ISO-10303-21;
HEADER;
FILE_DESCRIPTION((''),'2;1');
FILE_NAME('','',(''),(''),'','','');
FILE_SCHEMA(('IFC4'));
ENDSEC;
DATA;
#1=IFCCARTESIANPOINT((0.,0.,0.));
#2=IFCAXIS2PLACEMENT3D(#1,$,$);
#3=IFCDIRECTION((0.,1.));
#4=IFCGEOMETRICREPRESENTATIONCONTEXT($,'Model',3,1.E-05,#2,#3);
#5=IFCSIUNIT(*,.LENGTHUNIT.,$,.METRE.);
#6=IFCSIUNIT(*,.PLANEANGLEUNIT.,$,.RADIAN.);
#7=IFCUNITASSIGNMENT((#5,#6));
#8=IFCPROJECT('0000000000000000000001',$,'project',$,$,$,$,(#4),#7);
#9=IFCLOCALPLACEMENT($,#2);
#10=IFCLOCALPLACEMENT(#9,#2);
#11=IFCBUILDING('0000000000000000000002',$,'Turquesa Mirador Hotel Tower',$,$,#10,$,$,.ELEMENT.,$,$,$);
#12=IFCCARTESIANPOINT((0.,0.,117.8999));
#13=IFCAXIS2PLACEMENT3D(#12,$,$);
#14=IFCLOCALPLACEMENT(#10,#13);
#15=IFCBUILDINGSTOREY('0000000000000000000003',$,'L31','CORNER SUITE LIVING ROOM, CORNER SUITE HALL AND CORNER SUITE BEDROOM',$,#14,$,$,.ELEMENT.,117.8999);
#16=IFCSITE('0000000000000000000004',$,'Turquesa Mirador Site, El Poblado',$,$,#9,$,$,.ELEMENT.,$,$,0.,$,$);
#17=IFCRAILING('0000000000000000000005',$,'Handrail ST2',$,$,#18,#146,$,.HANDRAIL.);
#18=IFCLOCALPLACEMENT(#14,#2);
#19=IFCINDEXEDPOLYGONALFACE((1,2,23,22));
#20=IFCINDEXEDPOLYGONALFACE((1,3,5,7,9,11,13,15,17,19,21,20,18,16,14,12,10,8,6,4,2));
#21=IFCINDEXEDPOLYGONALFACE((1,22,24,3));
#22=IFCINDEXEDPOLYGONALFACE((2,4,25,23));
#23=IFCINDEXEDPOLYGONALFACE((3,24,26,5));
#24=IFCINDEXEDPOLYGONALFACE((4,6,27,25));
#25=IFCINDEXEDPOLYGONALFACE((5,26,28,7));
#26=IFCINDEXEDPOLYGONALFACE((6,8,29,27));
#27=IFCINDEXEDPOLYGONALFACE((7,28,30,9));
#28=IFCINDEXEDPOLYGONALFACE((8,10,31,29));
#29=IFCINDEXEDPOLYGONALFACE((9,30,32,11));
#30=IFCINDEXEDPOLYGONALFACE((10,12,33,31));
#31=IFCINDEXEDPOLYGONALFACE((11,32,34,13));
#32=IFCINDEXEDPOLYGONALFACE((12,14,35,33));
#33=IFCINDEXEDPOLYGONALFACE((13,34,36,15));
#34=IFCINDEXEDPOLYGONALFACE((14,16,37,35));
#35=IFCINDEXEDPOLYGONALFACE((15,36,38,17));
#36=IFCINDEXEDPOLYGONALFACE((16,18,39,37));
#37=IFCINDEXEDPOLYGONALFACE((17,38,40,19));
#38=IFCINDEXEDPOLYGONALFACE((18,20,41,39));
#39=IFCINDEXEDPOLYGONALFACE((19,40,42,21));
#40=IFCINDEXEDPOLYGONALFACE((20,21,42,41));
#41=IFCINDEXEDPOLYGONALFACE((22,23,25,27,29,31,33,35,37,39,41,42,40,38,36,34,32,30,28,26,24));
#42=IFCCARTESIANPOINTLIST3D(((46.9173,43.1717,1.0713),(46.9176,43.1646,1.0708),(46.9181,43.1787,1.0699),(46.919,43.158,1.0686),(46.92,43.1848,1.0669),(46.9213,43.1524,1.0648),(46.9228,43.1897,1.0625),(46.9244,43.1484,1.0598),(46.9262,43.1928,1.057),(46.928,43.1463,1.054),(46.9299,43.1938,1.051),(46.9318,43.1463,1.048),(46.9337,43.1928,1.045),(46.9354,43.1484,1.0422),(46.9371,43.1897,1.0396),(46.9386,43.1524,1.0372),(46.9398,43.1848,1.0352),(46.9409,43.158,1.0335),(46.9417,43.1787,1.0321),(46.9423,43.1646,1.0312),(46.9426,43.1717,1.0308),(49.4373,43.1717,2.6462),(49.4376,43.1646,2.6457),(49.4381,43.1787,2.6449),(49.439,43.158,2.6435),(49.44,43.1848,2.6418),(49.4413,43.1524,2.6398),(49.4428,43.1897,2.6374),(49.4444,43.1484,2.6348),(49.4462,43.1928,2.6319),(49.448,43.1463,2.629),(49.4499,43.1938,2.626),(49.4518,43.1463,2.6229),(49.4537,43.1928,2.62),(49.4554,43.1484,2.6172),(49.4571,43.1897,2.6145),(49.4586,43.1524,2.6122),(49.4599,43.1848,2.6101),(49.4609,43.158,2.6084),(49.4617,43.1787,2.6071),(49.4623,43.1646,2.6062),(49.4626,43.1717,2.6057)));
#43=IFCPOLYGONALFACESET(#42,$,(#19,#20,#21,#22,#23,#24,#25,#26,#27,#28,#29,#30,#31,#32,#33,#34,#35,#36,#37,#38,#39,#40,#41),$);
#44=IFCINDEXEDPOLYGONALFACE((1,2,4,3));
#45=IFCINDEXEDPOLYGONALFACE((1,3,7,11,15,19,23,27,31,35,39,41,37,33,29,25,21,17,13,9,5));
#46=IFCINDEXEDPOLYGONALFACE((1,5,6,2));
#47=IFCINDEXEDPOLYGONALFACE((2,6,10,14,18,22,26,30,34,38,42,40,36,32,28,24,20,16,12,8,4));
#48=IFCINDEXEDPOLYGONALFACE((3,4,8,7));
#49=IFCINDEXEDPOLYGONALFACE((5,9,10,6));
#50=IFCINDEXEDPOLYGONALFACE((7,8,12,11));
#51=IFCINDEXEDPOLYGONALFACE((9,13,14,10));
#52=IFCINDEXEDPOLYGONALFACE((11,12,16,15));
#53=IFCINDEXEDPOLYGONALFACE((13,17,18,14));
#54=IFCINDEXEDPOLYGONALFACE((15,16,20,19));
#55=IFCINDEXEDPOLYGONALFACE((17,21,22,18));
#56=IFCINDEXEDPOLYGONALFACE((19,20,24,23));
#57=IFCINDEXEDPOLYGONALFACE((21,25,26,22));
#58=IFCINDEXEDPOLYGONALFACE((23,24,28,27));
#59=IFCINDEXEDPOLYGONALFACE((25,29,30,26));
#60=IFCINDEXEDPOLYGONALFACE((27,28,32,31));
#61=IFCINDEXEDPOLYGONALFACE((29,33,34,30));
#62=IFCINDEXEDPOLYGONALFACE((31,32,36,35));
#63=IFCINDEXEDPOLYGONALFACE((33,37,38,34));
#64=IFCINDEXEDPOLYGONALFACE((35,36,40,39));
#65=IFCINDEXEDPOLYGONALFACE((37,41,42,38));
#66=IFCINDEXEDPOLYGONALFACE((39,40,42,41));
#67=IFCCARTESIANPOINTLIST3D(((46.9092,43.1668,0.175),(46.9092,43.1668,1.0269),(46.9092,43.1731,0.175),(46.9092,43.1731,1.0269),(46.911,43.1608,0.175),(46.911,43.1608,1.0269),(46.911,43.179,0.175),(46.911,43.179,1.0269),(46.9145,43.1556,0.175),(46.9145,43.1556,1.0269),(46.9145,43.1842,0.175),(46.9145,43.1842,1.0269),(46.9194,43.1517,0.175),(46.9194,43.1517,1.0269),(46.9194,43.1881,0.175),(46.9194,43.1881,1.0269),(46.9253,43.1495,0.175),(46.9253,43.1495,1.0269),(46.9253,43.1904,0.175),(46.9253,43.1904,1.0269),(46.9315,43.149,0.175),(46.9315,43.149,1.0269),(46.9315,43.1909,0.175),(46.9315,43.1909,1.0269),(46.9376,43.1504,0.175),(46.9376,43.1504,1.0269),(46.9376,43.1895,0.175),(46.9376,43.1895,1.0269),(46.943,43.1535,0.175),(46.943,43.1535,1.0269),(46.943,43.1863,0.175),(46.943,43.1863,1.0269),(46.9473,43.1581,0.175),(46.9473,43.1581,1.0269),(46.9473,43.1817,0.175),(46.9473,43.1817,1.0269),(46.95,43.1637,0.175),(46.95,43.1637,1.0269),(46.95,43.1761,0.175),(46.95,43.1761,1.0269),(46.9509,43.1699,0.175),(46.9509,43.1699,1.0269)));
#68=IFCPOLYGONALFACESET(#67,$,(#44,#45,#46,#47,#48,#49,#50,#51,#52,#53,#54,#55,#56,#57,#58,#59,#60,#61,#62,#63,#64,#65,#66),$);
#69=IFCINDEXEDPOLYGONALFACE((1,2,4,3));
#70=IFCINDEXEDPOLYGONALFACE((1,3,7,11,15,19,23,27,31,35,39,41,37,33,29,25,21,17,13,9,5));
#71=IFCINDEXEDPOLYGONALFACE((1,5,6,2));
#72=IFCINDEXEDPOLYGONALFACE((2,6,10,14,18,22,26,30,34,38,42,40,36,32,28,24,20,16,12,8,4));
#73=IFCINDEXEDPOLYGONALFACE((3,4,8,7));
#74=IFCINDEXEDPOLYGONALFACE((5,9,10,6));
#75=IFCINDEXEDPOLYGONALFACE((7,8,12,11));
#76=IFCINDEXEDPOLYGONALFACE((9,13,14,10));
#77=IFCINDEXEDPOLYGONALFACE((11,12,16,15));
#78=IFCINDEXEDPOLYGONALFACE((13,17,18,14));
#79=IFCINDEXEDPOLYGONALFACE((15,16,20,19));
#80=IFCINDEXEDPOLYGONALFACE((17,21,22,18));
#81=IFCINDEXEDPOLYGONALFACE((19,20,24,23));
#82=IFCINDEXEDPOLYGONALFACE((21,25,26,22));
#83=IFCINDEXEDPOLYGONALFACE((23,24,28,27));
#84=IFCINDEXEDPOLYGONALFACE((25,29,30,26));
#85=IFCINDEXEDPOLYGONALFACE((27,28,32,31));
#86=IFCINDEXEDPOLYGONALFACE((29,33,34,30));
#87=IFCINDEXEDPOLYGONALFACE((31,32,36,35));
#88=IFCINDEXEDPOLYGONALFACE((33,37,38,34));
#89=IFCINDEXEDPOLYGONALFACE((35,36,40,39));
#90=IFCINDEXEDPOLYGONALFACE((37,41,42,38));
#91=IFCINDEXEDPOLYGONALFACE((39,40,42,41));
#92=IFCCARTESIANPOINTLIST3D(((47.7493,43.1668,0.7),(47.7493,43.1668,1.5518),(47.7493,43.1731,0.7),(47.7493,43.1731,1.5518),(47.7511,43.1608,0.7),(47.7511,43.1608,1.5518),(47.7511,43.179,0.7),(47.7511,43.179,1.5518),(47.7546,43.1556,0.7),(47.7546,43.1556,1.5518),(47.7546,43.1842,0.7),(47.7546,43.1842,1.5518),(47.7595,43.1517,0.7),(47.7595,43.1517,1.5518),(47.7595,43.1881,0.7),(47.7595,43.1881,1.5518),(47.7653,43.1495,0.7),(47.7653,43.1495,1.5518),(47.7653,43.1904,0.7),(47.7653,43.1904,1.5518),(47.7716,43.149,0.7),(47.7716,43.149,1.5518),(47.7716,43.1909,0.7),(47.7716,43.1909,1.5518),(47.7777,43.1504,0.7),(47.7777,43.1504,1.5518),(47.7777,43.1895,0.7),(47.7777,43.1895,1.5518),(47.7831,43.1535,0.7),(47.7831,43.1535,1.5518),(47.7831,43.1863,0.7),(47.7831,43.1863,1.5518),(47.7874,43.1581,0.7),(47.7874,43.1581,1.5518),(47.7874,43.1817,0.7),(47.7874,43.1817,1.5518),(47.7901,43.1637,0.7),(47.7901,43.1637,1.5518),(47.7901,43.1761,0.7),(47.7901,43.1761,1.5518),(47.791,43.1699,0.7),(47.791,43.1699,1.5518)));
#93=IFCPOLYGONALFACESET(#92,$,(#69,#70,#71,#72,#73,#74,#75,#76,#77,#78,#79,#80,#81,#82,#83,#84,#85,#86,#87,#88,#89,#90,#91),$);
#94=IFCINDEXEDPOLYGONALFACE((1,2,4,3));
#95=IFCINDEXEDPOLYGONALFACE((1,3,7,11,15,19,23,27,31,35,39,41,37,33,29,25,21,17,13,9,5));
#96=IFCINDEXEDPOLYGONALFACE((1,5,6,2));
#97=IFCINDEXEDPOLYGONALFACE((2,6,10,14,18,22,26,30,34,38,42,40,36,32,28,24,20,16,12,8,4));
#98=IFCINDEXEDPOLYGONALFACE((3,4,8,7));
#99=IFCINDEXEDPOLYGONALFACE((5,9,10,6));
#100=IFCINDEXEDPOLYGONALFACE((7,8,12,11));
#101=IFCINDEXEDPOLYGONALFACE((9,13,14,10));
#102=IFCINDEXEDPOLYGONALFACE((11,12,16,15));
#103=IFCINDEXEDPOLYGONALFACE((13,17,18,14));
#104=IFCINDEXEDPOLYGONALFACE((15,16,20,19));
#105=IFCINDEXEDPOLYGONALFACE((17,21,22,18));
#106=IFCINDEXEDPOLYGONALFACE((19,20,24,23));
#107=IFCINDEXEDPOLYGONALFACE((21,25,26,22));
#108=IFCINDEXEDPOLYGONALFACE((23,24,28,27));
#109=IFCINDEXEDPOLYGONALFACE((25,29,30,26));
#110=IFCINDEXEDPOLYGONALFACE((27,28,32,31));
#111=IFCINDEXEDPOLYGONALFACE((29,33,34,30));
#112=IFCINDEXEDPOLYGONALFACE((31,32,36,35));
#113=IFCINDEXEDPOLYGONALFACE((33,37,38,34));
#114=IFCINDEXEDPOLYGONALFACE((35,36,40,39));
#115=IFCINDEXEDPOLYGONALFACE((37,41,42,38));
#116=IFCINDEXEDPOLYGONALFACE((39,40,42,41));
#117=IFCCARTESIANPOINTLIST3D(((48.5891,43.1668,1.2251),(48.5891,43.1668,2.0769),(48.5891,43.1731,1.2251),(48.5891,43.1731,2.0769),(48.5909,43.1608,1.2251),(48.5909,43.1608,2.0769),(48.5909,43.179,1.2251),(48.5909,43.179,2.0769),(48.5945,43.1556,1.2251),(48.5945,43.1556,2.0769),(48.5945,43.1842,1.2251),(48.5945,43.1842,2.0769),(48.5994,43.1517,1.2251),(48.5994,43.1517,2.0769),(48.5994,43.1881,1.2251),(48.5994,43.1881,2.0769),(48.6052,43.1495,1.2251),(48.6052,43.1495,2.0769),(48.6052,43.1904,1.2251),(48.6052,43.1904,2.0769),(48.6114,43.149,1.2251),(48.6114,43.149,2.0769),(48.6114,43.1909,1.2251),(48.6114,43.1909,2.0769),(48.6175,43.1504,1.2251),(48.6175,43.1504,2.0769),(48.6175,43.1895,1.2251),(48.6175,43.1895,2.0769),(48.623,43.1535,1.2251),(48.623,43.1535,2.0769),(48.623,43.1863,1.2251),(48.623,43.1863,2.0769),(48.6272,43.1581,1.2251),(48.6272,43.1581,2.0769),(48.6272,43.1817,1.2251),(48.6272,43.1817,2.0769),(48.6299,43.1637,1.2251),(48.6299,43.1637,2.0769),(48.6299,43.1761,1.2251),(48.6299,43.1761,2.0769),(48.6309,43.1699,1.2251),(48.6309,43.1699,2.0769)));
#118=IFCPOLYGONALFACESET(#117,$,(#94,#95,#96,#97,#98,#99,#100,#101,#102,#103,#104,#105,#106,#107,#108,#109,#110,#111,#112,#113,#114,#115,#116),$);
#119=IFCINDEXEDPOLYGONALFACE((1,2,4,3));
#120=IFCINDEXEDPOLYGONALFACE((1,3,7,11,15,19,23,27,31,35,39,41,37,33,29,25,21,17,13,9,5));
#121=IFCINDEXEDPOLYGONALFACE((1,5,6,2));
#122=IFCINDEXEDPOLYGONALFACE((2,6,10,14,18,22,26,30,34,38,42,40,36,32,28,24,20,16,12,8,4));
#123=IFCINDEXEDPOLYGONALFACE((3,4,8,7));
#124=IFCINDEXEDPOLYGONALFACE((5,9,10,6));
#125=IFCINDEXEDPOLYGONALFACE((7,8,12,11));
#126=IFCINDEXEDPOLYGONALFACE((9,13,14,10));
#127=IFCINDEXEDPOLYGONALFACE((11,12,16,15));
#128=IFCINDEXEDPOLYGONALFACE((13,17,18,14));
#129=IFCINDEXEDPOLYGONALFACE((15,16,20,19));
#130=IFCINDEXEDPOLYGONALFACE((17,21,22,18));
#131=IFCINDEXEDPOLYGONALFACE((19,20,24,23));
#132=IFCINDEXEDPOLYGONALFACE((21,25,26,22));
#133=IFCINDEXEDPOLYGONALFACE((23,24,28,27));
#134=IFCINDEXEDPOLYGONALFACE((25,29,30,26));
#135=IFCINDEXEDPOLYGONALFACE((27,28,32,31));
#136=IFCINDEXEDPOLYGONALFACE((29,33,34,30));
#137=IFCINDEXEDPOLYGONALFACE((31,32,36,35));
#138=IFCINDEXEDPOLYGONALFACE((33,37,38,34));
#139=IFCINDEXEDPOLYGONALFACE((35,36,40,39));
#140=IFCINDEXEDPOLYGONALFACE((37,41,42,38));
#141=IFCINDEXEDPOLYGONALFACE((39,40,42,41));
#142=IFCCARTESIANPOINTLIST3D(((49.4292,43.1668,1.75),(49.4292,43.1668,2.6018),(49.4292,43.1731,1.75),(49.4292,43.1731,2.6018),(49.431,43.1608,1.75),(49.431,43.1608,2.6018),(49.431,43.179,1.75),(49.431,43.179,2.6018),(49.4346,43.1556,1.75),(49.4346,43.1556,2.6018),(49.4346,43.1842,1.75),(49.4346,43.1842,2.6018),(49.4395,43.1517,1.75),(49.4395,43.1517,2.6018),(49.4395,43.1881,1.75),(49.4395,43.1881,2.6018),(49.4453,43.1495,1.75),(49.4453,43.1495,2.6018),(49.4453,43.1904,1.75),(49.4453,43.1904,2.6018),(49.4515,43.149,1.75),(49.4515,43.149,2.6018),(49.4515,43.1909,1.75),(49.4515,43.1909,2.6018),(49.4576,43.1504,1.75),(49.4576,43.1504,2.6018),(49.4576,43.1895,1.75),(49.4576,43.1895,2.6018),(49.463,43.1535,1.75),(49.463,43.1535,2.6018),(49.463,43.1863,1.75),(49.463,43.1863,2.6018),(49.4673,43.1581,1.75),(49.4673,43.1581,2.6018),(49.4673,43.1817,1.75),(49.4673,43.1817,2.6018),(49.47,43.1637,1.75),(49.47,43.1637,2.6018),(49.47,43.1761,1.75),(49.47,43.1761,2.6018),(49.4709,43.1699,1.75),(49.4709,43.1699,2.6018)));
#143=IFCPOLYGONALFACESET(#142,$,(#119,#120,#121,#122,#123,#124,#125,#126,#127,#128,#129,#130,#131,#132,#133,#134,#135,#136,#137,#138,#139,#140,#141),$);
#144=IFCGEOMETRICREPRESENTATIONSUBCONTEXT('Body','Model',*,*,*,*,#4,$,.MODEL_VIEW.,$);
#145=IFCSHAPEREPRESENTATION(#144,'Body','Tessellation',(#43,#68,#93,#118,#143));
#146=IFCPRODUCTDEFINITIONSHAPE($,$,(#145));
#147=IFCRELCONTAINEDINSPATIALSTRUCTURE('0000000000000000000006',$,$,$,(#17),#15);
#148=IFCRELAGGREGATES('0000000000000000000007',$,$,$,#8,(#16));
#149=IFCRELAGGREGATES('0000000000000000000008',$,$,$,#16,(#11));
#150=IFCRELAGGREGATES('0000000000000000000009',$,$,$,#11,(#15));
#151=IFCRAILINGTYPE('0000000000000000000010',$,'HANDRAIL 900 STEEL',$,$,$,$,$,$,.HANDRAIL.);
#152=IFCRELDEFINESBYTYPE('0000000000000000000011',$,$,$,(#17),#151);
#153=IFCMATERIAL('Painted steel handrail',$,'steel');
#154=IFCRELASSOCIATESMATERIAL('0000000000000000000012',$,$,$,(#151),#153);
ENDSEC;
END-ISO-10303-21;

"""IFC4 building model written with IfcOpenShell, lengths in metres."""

from ifc_helpers import new_model, si_unit, direction, frame, origin, origin_2d, place, context, subcontext, project, spatial, circle, extrude, material, type_object, element, save


model = new_model("IFC4")

# Units and contexts
model_context = context("Model", 3, precision=1e-05, world=origin(), true_north=direction((0.0, 1.0)))
body_context = subcontext(model_context, "Body", "Model", "MODEL_VIEW")
ifc_project = project(units=[si_unit("LENGTHUNIT", "METRE"), si_unit("PLANEANGLEUNIT", "RADIAN")], contexts=[model_context])

# Site, building, storey
site_placement = place(None, origin())
site = spatial("IfcSite", under=ifc_project, at=site_placement, Name="Turquesa Mirador Site, El Poblado", CompositionType="ELEMENT", RefElevation=0.0)
building_placement = place(site_placement, origin())
building = spatial("IfcBuilding", under=site, at=building_placement, Name="Turquesa Mirador Hotel Tower", CompositionType="ELEMENT")
storey_placement = place(building_placement, frame((0.0, 0.0, 117.8999)))
storey = spatial("IfcBuildingStorey", under=building, at=storey_placement, Name="L31", Description="CORNER SUITE LIVING ROOM, CORNER SUITE HALL AND CORNER SUITE BEDROOM", CompositionType="ELEMENT", Elevation=117.8999)

# Railing
ifc_material_1 = material(Name="Painted steel handrail", Category="steel")
railing_type = type_object("IfcRailingType", Name="HANDRAIL 900 STEEL", PredefinedType="HANDRAIL", material=ifc_material_1)
railing_1_placement = place(storey_placement, frame((46.9299, 43.1699, 0.175)))
element("IfcRailing", 1, at=railing_1_placement, inside=storey, type_object=railing_type, Name="Handrail ST2", PredefinedType="HANDRAIL", context=body_context, shape_type="SweptSolid", body=[
    extrude(circle(Radius=0.0239, at=origin_2d()), frame((0.0, 0.0, 0.876), z_axis=(0.848008, 0.0, 0.529984), x_axis=(0.0, 1.0, 0.0)), (0.0, 0.0, 1.0), 2.9717),
    extrude(circle(Radius=0.021, at=origin_2d()), origin(), (0.0, 0.0, 1.0), 0.8518),
    extrude(circle(Radius=0.021, at=origin_2d()), frame((0.8401, 0.0, 0.5249)), (0.0, 0.0, 1.0), 0.8518),
    extrude(circle(Radius=0.021, at=origin_2d()), frame((1.6799, 0.0, 1.05)), (0.0, 0.0, 1.0), 0.8518),
    extrude(circle(Radius=0.021, at=origin_2d()), frame((2.52, 0.0, 1.575)), (0.0, 0.0, 1.0), 0.8518),
])

save(model, "model.ifc")
